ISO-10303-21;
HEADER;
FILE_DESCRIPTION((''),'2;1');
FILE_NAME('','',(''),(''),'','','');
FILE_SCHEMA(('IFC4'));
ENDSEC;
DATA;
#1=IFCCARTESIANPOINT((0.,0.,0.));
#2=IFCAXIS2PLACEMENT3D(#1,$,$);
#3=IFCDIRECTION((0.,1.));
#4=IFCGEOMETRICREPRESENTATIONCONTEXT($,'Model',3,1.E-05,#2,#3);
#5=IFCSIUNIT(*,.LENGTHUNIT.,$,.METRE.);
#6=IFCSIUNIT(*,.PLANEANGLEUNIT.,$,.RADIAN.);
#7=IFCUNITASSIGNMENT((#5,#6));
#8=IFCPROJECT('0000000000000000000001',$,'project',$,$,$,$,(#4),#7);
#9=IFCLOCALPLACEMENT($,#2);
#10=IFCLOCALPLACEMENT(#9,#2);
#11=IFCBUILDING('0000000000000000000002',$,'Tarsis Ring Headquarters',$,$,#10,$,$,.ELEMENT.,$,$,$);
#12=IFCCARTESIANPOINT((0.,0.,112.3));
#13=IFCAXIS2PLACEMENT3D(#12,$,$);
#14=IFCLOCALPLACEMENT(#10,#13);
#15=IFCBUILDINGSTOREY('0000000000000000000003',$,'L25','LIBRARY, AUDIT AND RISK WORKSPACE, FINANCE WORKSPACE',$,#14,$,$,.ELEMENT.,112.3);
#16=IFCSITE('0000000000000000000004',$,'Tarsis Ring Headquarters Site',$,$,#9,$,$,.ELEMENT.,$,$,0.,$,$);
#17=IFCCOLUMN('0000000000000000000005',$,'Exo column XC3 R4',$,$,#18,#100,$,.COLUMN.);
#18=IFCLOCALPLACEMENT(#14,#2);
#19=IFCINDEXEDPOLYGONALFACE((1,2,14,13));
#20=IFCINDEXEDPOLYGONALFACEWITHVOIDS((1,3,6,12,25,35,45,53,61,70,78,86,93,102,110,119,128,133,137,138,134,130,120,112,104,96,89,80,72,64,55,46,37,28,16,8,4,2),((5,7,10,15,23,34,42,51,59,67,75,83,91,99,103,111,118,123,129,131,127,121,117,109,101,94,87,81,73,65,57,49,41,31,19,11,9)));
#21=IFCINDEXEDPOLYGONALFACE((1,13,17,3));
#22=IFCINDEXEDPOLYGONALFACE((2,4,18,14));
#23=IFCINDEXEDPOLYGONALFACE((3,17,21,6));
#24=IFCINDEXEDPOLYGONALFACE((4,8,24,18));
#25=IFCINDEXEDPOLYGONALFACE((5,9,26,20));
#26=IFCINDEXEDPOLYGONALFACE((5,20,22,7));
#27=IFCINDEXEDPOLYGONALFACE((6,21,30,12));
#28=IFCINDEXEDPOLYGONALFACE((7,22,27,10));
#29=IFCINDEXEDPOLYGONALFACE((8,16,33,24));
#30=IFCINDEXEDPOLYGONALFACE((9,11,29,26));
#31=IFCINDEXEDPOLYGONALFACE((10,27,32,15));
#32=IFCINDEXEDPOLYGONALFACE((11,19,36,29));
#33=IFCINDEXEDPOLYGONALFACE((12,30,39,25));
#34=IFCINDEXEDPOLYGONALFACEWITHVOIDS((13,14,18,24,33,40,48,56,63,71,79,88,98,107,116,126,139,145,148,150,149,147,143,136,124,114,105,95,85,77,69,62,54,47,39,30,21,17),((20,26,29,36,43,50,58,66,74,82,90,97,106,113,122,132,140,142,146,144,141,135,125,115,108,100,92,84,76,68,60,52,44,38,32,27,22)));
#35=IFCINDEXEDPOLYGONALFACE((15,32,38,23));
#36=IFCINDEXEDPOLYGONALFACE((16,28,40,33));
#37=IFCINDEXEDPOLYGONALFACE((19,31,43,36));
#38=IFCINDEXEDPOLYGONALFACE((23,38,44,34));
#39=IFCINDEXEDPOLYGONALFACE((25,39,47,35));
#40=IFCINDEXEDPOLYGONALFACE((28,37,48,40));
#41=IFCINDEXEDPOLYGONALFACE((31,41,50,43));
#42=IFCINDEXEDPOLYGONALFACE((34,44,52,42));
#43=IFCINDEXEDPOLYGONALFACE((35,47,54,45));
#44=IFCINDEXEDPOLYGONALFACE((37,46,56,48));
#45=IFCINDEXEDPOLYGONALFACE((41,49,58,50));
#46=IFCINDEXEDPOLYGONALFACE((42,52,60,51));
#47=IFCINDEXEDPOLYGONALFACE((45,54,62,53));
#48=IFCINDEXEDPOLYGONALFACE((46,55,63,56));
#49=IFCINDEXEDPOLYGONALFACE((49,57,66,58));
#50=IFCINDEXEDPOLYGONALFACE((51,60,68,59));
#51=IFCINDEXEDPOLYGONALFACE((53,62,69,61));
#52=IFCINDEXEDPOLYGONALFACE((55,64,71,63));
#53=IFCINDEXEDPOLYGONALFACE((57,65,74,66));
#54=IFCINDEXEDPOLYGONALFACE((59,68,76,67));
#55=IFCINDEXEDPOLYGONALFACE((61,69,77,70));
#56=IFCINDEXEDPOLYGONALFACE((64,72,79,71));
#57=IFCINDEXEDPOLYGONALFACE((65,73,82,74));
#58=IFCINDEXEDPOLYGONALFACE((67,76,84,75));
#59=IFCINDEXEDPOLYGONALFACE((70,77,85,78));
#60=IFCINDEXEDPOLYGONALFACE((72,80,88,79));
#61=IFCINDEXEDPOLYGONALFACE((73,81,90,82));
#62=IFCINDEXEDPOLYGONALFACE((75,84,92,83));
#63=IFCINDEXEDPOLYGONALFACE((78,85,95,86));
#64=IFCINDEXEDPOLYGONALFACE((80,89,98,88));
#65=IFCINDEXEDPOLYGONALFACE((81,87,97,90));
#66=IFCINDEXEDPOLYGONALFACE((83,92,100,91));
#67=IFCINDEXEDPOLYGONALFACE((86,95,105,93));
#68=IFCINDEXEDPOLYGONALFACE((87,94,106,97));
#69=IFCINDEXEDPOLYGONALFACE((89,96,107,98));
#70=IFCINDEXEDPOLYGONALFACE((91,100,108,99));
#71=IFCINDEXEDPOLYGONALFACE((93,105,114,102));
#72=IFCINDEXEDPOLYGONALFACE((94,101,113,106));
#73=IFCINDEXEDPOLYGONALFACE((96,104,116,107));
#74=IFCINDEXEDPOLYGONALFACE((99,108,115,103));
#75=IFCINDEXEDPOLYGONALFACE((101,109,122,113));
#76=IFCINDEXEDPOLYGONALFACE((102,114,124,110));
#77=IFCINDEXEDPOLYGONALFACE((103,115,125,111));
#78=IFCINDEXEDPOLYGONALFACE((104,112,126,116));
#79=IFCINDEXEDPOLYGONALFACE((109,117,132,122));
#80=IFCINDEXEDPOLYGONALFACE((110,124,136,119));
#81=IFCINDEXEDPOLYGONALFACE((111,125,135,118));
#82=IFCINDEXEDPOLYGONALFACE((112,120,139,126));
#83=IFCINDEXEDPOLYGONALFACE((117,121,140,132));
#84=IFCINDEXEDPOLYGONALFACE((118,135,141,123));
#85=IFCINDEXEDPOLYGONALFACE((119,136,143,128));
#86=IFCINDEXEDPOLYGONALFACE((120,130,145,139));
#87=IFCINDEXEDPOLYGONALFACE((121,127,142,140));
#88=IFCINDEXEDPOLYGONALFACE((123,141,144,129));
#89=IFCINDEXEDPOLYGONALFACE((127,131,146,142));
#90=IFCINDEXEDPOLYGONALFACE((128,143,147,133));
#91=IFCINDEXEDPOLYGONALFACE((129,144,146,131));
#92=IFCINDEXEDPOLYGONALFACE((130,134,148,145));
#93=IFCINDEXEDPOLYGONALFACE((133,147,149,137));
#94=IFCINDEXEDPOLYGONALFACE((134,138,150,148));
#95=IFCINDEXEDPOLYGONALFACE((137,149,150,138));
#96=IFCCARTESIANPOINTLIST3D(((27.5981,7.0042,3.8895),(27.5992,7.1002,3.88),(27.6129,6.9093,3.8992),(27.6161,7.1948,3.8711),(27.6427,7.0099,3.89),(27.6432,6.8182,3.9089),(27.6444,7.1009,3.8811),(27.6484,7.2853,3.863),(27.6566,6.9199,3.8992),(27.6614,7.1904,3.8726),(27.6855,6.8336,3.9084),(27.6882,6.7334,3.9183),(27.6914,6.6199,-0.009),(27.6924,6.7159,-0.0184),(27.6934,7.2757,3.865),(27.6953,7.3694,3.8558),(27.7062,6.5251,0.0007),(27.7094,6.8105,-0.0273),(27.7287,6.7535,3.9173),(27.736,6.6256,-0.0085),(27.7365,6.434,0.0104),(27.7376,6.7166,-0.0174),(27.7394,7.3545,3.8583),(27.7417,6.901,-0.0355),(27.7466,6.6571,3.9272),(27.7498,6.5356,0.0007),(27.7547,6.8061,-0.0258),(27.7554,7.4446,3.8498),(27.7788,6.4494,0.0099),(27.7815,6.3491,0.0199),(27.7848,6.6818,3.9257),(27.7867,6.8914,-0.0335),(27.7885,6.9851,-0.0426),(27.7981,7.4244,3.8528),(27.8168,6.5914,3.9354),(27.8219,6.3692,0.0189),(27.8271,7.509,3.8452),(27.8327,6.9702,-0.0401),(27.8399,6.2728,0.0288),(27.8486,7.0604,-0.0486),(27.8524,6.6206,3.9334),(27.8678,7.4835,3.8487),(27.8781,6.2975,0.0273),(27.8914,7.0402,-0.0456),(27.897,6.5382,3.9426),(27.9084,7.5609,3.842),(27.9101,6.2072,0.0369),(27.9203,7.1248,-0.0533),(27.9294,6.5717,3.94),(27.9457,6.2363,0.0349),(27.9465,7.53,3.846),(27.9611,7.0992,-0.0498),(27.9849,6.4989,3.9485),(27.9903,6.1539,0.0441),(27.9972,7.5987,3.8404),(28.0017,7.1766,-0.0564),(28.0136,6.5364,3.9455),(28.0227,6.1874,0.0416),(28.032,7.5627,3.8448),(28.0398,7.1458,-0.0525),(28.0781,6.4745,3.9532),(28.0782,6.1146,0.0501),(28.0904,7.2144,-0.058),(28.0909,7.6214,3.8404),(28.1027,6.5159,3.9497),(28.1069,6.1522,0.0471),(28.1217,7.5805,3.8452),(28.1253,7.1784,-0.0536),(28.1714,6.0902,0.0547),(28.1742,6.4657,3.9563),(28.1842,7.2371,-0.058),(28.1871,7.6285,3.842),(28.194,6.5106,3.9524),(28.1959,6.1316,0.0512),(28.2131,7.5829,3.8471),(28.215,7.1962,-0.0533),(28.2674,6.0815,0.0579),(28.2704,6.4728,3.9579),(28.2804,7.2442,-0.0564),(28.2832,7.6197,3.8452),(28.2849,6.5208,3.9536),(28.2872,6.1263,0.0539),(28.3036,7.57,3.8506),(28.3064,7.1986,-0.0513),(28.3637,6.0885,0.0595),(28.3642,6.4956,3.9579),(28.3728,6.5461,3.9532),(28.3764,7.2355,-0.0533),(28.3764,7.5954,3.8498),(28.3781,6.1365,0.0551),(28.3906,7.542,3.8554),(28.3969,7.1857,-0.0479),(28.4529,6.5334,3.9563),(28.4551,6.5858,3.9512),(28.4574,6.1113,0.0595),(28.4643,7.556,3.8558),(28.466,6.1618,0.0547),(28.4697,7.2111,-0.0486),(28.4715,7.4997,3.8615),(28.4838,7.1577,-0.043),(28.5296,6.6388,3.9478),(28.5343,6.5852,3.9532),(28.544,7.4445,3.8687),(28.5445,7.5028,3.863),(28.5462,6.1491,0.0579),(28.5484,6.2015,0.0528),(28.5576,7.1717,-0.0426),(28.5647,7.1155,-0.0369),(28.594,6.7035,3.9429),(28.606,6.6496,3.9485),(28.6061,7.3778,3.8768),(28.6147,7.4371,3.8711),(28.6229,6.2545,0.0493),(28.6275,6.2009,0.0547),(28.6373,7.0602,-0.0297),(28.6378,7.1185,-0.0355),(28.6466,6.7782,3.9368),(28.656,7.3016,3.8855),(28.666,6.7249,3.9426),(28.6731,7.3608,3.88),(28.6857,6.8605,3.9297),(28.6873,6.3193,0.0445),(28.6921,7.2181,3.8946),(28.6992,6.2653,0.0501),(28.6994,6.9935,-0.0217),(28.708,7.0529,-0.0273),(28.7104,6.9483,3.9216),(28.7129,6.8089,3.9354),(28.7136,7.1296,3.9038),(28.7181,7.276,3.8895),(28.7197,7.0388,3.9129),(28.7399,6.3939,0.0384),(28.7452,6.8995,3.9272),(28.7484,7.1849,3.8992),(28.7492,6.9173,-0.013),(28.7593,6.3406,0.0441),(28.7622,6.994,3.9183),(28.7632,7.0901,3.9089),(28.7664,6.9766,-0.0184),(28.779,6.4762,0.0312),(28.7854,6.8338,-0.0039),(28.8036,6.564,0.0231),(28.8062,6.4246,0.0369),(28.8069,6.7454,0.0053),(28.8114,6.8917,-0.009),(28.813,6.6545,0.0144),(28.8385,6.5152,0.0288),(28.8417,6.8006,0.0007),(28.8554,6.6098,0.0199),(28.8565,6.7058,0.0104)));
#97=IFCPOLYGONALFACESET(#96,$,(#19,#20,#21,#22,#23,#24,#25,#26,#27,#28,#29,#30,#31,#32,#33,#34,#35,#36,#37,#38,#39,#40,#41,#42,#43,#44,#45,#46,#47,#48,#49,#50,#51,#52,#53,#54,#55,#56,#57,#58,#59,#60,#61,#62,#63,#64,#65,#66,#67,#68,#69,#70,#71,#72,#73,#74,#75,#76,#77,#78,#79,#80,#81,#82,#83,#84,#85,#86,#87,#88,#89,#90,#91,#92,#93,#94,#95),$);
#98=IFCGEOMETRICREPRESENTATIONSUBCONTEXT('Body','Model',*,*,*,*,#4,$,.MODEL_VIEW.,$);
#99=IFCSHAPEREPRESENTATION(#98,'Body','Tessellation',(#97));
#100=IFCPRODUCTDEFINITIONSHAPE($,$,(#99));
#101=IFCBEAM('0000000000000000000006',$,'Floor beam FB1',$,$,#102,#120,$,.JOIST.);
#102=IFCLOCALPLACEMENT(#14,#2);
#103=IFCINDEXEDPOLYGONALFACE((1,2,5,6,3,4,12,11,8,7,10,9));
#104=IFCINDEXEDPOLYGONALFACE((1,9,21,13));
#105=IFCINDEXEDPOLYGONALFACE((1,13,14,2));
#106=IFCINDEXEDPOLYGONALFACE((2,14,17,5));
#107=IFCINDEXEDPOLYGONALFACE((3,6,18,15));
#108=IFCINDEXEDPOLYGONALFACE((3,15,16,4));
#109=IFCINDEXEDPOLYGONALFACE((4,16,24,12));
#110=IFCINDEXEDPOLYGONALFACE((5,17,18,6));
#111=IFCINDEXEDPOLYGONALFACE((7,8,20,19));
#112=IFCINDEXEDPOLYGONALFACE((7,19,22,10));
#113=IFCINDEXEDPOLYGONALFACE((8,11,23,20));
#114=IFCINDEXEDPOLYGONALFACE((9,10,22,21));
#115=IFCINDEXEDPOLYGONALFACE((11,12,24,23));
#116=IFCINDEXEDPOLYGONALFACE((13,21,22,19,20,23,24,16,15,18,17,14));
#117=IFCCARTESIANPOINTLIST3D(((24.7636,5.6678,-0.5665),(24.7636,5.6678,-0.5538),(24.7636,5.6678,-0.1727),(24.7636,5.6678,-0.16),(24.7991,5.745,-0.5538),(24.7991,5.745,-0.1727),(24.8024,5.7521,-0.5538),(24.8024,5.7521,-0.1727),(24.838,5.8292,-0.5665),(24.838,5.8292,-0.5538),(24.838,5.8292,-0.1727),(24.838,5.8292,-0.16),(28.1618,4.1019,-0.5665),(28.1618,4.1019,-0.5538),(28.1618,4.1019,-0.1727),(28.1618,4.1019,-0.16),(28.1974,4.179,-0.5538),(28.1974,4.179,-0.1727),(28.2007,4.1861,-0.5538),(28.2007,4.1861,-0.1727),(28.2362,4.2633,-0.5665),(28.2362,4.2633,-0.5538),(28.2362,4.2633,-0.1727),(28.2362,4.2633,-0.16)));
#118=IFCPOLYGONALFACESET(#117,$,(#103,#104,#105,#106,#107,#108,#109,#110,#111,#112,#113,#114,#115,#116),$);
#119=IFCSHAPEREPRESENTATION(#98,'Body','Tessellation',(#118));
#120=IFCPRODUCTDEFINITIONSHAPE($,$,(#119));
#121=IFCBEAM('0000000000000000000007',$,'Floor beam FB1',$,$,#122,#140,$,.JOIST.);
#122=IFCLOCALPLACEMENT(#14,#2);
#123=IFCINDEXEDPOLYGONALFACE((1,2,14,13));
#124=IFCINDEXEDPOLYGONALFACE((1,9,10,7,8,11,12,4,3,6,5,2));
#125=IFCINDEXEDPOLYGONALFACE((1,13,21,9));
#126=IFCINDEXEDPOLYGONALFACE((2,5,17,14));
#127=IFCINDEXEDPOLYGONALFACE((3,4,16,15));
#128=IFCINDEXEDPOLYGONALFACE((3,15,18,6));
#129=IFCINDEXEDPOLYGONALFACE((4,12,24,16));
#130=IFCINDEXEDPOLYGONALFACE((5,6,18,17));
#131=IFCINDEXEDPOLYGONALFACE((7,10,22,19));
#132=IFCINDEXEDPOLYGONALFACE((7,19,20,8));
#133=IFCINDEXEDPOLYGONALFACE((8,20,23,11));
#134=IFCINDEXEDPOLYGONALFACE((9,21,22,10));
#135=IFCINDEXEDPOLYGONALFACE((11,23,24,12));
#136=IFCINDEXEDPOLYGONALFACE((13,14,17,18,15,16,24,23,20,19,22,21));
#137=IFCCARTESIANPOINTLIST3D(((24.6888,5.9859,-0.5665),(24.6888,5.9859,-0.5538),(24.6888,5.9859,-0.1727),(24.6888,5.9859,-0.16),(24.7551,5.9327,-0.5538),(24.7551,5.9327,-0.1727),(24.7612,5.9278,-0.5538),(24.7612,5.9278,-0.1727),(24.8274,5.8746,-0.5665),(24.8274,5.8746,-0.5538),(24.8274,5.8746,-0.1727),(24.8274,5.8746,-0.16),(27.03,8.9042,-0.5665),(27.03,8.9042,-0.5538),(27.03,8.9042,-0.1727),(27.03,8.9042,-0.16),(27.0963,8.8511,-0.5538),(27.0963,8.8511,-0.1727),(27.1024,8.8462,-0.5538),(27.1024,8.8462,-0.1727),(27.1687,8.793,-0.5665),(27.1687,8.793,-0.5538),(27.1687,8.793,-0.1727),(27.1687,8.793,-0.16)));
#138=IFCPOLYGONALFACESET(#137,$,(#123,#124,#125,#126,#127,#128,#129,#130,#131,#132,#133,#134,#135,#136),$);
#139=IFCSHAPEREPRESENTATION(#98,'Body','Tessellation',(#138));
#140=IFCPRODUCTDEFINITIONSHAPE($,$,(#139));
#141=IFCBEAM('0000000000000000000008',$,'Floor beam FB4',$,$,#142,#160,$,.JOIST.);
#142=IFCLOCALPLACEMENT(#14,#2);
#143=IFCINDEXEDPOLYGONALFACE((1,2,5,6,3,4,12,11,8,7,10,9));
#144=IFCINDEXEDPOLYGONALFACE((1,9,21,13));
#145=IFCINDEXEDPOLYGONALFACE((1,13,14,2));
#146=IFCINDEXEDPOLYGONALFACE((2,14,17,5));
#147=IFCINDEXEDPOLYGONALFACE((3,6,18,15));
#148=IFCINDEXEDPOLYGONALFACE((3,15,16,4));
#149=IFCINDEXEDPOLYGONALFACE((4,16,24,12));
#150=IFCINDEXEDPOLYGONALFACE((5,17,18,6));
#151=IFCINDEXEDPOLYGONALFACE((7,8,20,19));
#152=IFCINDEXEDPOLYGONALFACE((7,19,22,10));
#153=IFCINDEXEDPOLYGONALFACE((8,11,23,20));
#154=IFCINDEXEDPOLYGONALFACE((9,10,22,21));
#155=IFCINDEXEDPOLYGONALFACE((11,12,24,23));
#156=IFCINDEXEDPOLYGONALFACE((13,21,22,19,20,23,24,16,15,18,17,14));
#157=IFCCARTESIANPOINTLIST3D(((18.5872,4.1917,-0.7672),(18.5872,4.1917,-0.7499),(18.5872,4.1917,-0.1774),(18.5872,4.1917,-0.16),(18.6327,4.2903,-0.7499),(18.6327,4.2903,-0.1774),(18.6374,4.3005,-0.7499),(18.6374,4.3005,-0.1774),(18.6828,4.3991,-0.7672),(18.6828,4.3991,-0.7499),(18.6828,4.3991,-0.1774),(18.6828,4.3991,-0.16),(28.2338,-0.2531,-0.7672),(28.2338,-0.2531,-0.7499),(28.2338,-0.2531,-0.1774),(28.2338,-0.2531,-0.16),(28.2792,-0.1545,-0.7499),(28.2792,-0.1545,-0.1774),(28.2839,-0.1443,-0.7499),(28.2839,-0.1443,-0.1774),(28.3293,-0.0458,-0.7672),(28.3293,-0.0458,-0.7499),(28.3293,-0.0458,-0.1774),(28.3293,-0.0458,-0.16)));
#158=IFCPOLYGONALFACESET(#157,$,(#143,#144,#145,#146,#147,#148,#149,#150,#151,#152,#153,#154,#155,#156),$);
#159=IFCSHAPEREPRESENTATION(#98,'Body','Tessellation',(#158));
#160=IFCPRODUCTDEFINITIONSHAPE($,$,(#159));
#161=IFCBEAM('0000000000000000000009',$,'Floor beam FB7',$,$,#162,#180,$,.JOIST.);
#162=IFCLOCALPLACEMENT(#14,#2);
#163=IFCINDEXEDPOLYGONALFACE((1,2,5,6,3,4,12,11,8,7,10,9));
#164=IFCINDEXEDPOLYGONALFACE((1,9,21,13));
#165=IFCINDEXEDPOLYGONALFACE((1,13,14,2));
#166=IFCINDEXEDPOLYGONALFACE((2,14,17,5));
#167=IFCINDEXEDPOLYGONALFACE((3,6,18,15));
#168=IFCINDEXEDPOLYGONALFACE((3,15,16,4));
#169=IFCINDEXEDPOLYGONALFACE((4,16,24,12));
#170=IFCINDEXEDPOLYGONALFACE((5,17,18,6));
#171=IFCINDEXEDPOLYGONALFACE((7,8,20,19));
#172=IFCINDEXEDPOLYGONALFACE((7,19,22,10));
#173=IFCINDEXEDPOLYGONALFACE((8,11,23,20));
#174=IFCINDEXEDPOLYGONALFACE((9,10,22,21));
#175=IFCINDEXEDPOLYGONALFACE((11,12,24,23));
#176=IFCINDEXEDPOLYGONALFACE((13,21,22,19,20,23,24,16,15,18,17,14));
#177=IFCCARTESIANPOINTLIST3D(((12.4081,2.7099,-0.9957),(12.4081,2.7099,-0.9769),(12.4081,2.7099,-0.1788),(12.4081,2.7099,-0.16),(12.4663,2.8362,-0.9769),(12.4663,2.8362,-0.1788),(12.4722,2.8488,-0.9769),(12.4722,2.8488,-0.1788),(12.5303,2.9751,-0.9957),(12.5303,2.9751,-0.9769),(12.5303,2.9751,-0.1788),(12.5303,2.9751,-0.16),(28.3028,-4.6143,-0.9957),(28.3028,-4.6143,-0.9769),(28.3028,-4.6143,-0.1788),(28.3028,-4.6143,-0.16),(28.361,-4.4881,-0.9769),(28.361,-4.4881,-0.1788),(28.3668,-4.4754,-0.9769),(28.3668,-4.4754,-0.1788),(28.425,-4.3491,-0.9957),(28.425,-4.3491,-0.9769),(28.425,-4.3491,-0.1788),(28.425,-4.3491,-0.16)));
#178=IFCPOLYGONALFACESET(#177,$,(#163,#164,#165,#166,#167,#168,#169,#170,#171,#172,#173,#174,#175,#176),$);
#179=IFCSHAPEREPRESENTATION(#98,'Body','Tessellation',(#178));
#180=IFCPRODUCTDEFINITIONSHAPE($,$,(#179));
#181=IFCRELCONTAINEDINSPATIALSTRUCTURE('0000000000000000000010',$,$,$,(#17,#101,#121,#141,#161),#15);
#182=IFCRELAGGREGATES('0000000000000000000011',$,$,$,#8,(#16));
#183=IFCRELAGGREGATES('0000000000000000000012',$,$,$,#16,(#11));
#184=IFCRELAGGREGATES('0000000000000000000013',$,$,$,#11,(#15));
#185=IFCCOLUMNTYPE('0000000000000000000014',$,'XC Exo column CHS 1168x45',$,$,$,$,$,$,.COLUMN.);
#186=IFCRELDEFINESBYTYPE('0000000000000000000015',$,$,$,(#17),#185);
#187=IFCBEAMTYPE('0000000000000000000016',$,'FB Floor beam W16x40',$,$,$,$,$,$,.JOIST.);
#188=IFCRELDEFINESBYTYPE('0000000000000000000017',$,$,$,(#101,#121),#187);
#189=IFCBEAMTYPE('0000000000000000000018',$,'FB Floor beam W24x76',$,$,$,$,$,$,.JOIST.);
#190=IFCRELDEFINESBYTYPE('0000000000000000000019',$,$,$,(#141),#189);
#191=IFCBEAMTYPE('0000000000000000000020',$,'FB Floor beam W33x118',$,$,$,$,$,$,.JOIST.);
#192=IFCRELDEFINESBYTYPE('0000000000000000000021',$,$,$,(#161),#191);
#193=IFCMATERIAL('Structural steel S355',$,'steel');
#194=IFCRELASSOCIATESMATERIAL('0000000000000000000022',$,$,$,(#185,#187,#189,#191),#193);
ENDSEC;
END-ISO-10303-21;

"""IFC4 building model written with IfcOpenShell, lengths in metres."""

from ifc_helpers import new_model, si_unit, direction, frame, origin, origin_2d, place, context, subcontext, project, spatial, hollow_circle, i_section, extrude, material, material_profile, profile_set, type_object, element, save


model = new_model("IFC4")

# Units and contexts
model_context = context("Model", 3, precision=1e-05, world=origin(), true_north=direction((0.0, 1.0)))
body_context = subcontext(model_context, "Body", "Model", "MODEL_VIEW")
ifc_project = project(units=[si_unit("LENGTHUNIT", "METRE"), si_unit("PLANEANGLEUNIT", "RADIAN")], contexts=[model_context])

# Site, building, storey
site_placement = place(None, origin())
site = spatial("IfcSite", under=ifc_project, at=site_placement, Name="Tarsis Ring Headquarters Site", CompositionType="ELEMENT", RefElevation=0.0)
building_placement = place(site_placement, origin())
building = spatial("IfcBuilding", under=site, at=building_placement, Name="Tarsis Ring Headquarters", CompositionType="ELEMENT")
storey_placement = place(building_placement, frame((0.0, 0.0, 112.3)))
storey = spatial("IfcBuildingStorey", under=building, at=storey_placement, Name="L25", Description="LIBRARY, AUDIT AND RISK WORKSPACE, FINANCE WORKSPACE", CompositionType="ELEMENT", Elevation=112.3)

# Column
ifc_material_1 = material(Name="Structural steel S355", Category="steel")
ifc_material_profile_1 = material_profile(ifc_material_1, hollow_circle(Radius=0.5842, WallThickness=0.0449, at=origin_2d()), Name="CHS 1168x45")
ifc_profile_set_1 = profile_set([ifc_material_profile_1], Name="Structural steel S355")
column_type = type_object("IfcColumnType", Name="XC Exo column CHS 1168x45", PredefinedType="COLUMN", material=ifc_profile_set_1)
column_placement = place(storey_placement, frame((28.2739, 6.6628, 0.0007), z_axis=(-0.023801, 0.098069, 0.994895), x_axis=(-0.97179, -0.235847, 0.0)))
element("IfcColumn", 1, at=column_placement, inside=storey, type_object=column_type, Name="Exo column XC3 R4", PredefinedType="COLUMN", context=body_context, shape_type="SweptSolid", body=[
    extrude(hollow_circle(Radius=0.5842, WallThickness=0.0449, at=origin_2d()), origin(), (0.0, 0.0, 1.0), 3.9185),
])

# Beams
ifc_material_profile_2 = material_profile(ifc_material_1, i_section(OverallWidth=0.1777, OverallDepth=0.4065, WebThickness=0.0078, FlangeThickness=0.0127, at=origin_2d()), Name="W16x40")
ifc_profile_set_2 = profile_set([ifc_material_profile_2], Name="Structural steel S355")
beam_type_1 = type_object("IfcBeamType", Name="FB Floor beam W16x40", PredefinedType="JOIST", material=ifc_profile_set_2)
beam_1_placement = place(storey_placement, frame((24.8008, 5.7485, -0.3633), z_axis=(0.908211, -0.418512, 0.0), x_axis=(0.418512, 0.908211, 0.0)))
element("IfcBeam", 2, at=beam_1_placement, inside=storey, type_object=beam_type_1, Name="Floor beam FB1", PredefinedType="JOIST", context=body_context, shape_type="SweptSolid", body=[
    extrude(i_section(OverallWidth=0.1777, OverallDepth=0.4065, WebThickness=0.0078, FlangeThickness=0.0127, at=origin_2d()), origin(), (0.0, 0.0, 1.0), 3.7417),
])
beam_2_placement = place(storey_placement, frame((27.0994, 8.8486, -0.3633), z_axis=(-0.625761, -0.780015, 0.0), x_axis=(0.780015, -0.625761, 0.0)))
element("IfcBeam", 3, at=beam_2_placement, inside=storey, type_object=beam_type_1, Name="Floor beam FB1", PredefinedType="JOIST", context=body_context, shape_type="SweptSolid", body=[
    extrude(i_section(OverallWidth=0.1777, OverallDepth=0.4065, WebThickness=0.0078, FlangeThickness=0.0127, at=origin_2d()), origin(), (0.0, 0.0, 1.0), 3.7415),
])
ifc_material_profile_3 = material_profile(ifc_material_1, i_section(OverallWidth=0.2283, OverallDepth=0.6072, WebThickness=0.0112, FlangeThickness=0.0173, at=origin_2d()), Name="W24x76")
ifc_profile_set_3 = profile_set([ifc_material_profile_3], Name="Structural steel S355")
beam_type_2 = type_object("IfcBeamType", Name="FB Floor beam W24x76", PredefinedType="JOIST", material=ifc_profile_set_3)
beam_3_placement = place(storey_placement, frame((18.635, 4.2954, -0.4636), z_axis=(0.908224, -0.418484, 0.0), x_axis=(0.418484, 0.908224, 0.0)))
element("IfcBeam", 4, at=beam_3_placement, inside=storey, type_object=beam_type_2, Name="Floor beam FB4", PredefinedType="JOIST", context=body_context, shape_type="SweptSolid", body=[
    extrude(i_section(OverallWidth=0.2283, OverallDepth=0.6072, WebThickness=0.0112, FlangeThickness=0.0173, at=origin_2d()), origin(), (0.0, 0.0, 1.0), 10.6213),
])
ifc_material_profile_4 = material_profile(ifc_material_1, i_section(OverallWidth=0.292, OverallDepth=0.8357, WebThickness=0.0139, FlangeThickness=0.0188, at=origin_2d()), Name="W33x118")
ifc_profile_set_4 = profile_set([ifc_material_profile_4], Name="Structural steel S355")
beam_type_3 = type_object("IfcBeamType", Name="FB Floor beam W33x118", PredefinedType="JOIST", material=ifc_profile_set_4)
beam_4_placement = place(storey_placement, frame((12.4692, 2.8425, -0.5779), z_axis=(0.908214, -0.418506, 0.0), x_axis=(0.418506, 0.908214, 0.0)))
element("IfcBeam", 5, at=beam_4_placement, inside=storey, type_object=beam_type_3, Name="Floor beam FB7", PredefinedType="JOIST", context=body_context, shape_type="SweptSolid", body=[
    extrude(i_section(OverallWidth=0.292, OverallDepth=0.8357, WebThickness=0.0139, FlangeThickness=0.0188, at=origin_2d()), origin(), (0.0, 0.0, 1.0), 17.501),
])

save(model, "model.ifc")
